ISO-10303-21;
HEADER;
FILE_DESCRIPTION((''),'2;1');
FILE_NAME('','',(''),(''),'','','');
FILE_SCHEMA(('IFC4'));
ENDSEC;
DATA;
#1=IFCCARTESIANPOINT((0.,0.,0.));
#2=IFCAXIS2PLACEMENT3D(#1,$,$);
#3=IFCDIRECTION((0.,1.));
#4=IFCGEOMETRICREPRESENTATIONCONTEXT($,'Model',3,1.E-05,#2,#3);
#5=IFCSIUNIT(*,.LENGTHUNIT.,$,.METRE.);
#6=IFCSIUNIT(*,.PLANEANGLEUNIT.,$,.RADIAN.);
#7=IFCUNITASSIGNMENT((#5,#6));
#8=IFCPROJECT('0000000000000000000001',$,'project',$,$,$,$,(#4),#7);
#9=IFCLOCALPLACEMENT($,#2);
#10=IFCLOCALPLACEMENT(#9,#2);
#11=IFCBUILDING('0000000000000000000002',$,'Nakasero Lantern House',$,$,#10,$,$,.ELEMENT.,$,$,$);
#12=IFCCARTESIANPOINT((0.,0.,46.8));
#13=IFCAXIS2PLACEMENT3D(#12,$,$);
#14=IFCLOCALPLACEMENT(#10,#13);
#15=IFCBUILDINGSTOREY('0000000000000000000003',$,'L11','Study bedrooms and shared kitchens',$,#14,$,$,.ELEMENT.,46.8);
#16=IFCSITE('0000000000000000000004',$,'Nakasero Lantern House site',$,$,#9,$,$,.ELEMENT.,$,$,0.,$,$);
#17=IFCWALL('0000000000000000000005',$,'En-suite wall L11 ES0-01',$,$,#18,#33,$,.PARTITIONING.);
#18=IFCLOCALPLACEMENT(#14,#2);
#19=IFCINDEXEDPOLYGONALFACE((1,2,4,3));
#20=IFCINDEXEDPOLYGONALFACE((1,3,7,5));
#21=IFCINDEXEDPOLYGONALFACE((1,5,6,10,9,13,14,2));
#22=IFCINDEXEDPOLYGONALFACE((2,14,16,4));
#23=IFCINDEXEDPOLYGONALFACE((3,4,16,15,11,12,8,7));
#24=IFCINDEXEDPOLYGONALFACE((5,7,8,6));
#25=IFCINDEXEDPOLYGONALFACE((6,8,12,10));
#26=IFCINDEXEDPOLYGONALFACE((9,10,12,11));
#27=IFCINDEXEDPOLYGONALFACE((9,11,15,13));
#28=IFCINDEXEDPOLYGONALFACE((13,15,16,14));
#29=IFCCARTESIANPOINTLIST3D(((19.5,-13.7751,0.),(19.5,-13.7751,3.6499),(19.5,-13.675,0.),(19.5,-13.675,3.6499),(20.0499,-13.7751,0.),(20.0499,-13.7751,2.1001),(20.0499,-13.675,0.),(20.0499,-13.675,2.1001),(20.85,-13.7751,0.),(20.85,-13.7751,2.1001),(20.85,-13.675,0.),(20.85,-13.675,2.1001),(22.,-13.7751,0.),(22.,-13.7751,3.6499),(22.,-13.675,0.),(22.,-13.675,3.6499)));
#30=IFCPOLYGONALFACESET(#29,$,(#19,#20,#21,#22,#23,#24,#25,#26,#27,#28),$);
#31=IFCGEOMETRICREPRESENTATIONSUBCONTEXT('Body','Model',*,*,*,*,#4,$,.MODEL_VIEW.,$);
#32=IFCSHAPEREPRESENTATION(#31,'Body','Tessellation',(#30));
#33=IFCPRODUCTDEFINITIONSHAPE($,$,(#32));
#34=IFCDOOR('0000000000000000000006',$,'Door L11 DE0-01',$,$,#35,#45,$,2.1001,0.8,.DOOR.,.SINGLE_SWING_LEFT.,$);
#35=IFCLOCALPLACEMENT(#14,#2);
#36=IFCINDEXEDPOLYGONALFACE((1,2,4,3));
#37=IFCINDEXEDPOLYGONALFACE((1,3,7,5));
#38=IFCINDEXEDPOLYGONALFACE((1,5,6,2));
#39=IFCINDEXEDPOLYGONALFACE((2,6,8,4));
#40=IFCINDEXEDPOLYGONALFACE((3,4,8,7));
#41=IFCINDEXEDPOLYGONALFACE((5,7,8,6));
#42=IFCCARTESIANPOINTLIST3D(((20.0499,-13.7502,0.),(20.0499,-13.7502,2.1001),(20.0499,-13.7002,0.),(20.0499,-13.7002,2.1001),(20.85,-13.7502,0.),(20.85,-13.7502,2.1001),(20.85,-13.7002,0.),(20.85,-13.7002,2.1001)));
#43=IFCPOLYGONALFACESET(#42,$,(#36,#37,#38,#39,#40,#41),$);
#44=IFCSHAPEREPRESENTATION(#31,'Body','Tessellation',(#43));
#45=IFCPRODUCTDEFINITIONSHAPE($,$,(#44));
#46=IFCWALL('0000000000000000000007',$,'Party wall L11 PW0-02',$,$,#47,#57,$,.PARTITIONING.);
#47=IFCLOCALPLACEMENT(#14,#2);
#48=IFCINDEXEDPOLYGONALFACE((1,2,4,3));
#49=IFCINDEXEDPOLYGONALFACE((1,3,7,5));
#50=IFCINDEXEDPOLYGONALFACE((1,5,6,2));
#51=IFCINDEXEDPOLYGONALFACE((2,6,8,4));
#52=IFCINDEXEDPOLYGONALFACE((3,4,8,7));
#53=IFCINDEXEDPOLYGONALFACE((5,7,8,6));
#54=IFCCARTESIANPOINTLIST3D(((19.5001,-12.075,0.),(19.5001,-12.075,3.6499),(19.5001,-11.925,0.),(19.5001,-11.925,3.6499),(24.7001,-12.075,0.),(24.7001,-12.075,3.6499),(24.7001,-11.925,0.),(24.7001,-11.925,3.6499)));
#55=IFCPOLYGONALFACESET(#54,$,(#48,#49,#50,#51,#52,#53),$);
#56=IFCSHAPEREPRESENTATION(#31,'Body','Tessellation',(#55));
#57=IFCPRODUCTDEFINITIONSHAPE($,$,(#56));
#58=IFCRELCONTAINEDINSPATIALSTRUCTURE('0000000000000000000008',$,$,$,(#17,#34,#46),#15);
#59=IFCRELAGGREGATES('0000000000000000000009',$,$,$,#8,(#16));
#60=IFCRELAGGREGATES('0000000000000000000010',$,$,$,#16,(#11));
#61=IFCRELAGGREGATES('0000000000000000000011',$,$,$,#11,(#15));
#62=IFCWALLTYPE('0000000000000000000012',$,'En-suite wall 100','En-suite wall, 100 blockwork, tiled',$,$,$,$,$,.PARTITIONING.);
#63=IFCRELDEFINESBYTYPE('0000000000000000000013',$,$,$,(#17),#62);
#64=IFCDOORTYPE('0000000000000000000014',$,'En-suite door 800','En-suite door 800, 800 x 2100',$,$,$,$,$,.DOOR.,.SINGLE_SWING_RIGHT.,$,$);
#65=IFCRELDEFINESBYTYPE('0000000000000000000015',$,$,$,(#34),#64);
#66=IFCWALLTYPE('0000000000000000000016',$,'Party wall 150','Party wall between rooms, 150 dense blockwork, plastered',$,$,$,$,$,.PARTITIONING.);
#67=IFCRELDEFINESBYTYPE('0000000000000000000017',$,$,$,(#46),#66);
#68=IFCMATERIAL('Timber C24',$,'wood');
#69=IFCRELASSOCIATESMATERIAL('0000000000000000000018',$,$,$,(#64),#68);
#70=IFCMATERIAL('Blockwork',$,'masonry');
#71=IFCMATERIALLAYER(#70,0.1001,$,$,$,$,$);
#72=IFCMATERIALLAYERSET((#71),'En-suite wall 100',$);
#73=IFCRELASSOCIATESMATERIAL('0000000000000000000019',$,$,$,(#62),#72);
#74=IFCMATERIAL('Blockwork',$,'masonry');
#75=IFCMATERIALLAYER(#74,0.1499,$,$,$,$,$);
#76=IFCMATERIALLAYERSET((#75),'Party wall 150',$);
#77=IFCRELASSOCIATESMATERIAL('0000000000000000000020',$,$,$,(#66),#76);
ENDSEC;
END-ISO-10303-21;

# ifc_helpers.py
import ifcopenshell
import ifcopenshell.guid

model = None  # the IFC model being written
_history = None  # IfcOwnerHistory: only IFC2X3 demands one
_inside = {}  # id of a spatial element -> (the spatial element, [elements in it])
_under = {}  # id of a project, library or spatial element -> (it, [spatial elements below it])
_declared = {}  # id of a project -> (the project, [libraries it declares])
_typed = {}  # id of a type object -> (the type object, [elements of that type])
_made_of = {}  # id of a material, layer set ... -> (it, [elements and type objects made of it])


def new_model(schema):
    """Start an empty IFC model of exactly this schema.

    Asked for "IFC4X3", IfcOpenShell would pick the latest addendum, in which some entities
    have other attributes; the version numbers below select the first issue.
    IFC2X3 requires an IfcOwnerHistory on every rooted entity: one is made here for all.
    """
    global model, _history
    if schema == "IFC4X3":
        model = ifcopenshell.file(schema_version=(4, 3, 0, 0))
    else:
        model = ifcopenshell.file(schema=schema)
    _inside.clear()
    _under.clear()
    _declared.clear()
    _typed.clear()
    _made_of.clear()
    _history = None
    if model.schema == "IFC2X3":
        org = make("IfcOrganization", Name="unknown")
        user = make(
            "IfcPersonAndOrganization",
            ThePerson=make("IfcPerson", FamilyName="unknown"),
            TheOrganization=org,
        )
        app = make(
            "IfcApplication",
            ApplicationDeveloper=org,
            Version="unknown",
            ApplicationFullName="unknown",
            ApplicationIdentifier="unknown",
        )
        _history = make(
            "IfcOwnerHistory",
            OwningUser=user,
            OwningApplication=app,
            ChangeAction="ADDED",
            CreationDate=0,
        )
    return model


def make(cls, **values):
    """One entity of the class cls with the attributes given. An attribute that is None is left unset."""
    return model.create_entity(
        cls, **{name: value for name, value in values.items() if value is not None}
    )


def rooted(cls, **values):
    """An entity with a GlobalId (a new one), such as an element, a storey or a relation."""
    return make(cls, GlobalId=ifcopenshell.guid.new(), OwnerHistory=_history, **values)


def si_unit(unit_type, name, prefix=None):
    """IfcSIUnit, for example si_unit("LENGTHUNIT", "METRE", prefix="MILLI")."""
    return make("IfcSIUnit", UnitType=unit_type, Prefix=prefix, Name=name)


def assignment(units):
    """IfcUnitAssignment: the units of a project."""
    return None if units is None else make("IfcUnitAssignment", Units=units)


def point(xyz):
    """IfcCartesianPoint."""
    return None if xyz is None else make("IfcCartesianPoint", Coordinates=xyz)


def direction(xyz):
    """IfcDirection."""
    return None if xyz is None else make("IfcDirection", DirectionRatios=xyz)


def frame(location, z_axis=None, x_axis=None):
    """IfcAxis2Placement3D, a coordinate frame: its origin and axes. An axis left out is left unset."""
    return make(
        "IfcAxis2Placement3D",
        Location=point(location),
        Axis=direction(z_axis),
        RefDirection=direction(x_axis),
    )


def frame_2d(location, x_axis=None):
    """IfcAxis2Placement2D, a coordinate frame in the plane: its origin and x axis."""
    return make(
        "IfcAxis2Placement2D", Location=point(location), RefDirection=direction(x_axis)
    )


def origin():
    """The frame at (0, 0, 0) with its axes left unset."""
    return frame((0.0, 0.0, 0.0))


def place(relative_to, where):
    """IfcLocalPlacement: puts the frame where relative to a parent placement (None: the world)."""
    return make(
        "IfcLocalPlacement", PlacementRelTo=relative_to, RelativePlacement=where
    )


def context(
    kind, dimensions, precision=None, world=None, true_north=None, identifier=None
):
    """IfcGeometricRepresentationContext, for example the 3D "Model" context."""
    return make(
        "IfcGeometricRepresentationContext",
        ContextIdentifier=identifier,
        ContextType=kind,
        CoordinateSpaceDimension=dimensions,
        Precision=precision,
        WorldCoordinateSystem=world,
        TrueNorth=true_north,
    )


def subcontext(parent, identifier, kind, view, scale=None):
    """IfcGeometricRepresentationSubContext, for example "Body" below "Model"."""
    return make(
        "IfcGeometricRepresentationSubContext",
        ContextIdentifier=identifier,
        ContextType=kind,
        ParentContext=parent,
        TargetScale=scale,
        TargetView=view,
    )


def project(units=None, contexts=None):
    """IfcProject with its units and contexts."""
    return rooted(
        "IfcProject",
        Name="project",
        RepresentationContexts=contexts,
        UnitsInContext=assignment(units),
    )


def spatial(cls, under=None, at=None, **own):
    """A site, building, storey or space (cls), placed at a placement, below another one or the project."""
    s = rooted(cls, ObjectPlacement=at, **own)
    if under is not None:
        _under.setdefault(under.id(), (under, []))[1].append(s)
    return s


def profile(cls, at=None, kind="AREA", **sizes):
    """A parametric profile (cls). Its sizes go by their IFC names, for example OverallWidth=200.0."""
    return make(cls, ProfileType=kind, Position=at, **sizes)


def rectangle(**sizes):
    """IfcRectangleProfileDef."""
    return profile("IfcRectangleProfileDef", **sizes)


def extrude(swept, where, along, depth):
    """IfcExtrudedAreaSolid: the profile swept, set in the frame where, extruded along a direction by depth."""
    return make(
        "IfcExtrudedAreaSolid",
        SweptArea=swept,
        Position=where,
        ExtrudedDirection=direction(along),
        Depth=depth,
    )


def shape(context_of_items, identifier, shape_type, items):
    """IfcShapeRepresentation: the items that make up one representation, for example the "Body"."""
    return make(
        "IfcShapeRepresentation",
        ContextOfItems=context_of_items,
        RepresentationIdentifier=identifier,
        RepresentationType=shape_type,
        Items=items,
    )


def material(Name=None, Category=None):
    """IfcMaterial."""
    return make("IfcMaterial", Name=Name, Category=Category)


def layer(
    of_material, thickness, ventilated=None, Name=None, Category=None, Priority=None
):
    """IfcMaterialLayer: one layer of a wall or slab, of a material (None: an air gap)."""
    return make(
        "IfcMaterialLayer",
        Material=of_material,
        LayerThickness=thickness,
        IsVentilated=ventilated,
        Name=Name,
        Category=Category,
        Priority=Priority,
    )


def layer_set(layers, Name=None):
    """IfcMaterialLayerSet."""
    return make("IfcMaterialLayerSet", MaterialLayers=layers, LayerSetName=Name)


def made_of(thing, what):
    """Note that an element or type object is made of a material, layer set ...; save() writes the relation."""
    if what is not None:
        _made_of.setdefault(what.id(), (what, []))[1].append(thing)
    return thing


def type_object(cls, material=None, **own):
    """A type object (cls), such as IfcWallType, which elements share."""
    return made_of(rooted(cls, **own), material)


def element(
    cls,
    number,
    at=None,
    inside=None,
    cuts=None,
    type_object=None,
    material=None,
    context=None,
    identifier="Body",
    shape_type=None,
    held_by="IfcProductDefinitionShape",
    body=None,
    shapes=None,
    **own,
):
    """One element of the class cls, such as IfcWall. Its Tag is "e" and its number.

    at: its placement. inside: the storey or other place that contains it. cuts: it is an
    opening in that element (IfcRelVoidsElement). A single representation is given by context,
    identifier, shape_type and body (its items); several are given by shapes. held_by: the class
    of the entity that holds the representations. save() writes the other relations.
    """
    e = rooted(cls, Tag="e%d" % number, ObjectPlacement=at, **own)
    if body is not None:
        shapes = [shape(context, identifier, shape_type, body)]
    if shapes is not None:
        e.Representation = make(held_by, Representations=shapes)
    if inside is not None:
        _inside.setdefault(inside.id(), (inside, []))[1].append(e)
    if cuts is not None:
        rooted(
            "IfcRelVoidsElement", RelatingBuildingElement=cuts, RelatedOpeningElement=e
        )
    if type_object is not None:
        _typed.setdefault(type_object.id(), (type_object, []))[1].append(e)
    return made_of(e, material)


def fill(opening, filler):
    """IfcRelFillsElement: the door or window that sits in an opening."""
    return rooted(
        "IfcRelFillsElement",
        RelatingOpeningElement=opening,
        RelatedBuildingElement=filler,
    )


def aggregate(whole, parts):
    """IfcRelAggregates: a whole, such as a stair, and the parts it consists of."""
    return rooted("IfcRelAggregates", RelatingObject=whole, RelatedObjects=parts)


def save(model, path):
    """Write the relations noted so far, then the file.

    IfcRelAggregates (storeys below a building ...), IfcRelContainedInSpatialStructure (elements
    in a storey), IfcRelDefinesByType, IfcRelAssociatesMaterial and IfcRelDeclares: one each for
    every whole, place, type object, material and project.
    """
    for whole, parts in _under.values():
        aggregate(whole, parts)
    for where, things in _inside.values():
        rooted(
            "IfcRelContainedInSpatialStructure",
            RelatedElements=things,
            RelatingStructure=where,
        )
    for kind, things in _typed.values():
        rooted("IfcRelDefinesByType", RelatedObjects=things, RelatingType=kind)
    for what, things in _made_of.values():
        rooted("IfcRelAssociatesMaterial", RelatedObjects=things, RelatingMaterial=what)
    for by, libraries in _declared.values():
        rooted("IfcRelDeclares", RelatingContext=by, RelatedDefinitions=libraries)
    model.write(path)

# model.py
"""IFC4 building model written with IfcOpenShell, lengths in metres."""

from ifc_helpers import new_model, si_unit, direction, frame, frame_2d, origin, place, context, subcontext, project, spatial, rectangle, extrude, material, layer, layer_set, type_object, element, fill, save


model = new_model("IFC4")

# Units and contexts
model_context = context("Model", 3, precision=1e-05, world=origin(), true_north=direction((0.0, 1.0)))
body_context = subcontext(model_context, "Body", "Model", "MODEL_VIEW")
ifc_project = project(units=[si_unit("LENGTHUNIT", "METRE"), si_unit("PLANEANGLEUNIT", "RADIAN")], contexts=[model_context])

# Site, building, storey
site_placement = place(None, origin())
site = spatial("IfcSite", under=ifc_project, at=site_placement, Name="Nakasero Lantern House site", CompositionType="ELEMENT", RefElevation=0.0)
building_placement = place(site_placement, origin())
building = spatial("IfcBuilding", under=site, at=building_placement, Name="Nakasero Lantern House", CompositionType="ELEMENT")
storey_placement = place(building_placement, frame((0.0, 0.0, 46.8)))
storey = spatial("IfcBuildingStorey", under=building, at=storey_placement, Name="L11", Description="Study bedrooms and shared kitchens", CompositionType="ELEMENT", Elevation=46.8)

# Shared definitions
ifc_material_1 = material(Name="Timber C24", Category="wood")
door_type_1 = type_object("IfcDoorType", Name="En-suite door 800", Description="En-suite door 800, 800 x 2100", OperationType="SINGLE_SWING_RIGHT", PredefinedType="DOOR", material=ifc_material_1)

# Wall, opening, door
ifc_material_2 = material(Name="Blockwork", Category="masonry")
ifc_layer_1 = layer(ifc_material_2, 0.1001)
ifc_layer_set_1 = layer_set([ifc_layer_1], Name="En-suite wall 100")
wall_type_1 = type_object("IfcWallType", Name="En-suite wall 100", Description="En-suite wall, 100 blockwork, tiled", PredefinedType="PARTITIONING", material=ifc_layer_set_1)
wall_1_placement = place(storey_placement, frame((19.5, -13.7251, 0.0), z_axis=(0.0, 0.0, 1.0), x_axis=(1.0, 0.0, 0.0)))
wall_1 = element("IfcWall", 1, at=wall_1_placement, inside=storey, type_object=wall_type_1, Name="En-suite wall L11 ES0-01", PredefinedType="PARTITIONING", context=body_context, shape_type="SweptSolid", body=[
    extrude(rectangle(XDim=2.5, YDim=0.1001, at=frame_2d((1.25, 0.0))), origin(), (0.0, 0.0, 1.0), 3.6499),
])
opening_1_placement = place(wall_1_placement, frame((0.55, 0.0, 0.0)))
opening_1 = element("IfcOpeningElement", 2, at=opening_1_placement, cuts=wall_1, PredefinedType="OPENING", context=body_context, shape_type="SweptSolid", body=[
    extrude(rectangle(XDim=0.8, YDim=2.1001, at=frame_2d((0.3999, 1.05))), frame((0.0, 0.0701, 0.0), z_axis=(0.0, -1.0, 0.0), x_axis=(1.0, 0.0, 0.0)), (0.0, 0.0, 1.0), 0.1401),
])
door_1_placement = place(opening_1_placement, origin())
door_1 = element("IfcDoor", 3, at=door_1_placement, inside=storey, type_object=door_type_1, Name="Door L11 DE0-01", OperationType="SINGLE_SWING_LEFT", OverallHeight=2.1001, OverallWidth=0.8, PredefinedType="DOOR", context=body_context, shape_type="SweptSolid", body=[
    extrude(rectangle(XDim=0.8, YDim=2.1001, at=frame_2d((0.3999, 1.05))), frame((0.0, 0.0249, 0.0), z_axis=(0.0, -1.0, 0.0), x_axis=(1.0, 0.0, 0.0)), (0.0, 0.0, 1.0), 0.05),
])
fill(opening_1, door_1)

# Wall
ifc_material_3 = material(Name="Blockwork", Category="masonry")
ifc_layer_2 = layer(ifc_material_3, 0.1499)
ifc_layer_set_2 = layer_set([ifc_layer_2], Name="Party wall 150")
wall_type_2 = type_object("IfcWallType", Name="Party wall 150", Description="Party wall between rooms, 150 dense blockwork, plastered", PredefinedType="PARTITIONING", material=ifc_layer_set_2)
wall_2_placement = place(storey_placement, frame((19.5, -12.0, 0.0), z_axis=(0.0, 0.0, 1.0), x_axis=(1.0, 0.0, 0.0)))
element("IfcWall", 4, at=wall_2_placement, inside=storey, type_object=wall_type_2, Name="Party wall L11 PW0-02", PredefinedType="PARTITIONING", context=body_context, shape_type="SweptSolid", body=[
    extrude(rectangle(XDim=5.2, YDim=0.1499, at=frame_2d((2.6001, 0.0))), origin(), (0.0, 0.0, 1.0), 3.6499),
])

save(model, "model.ifc")
